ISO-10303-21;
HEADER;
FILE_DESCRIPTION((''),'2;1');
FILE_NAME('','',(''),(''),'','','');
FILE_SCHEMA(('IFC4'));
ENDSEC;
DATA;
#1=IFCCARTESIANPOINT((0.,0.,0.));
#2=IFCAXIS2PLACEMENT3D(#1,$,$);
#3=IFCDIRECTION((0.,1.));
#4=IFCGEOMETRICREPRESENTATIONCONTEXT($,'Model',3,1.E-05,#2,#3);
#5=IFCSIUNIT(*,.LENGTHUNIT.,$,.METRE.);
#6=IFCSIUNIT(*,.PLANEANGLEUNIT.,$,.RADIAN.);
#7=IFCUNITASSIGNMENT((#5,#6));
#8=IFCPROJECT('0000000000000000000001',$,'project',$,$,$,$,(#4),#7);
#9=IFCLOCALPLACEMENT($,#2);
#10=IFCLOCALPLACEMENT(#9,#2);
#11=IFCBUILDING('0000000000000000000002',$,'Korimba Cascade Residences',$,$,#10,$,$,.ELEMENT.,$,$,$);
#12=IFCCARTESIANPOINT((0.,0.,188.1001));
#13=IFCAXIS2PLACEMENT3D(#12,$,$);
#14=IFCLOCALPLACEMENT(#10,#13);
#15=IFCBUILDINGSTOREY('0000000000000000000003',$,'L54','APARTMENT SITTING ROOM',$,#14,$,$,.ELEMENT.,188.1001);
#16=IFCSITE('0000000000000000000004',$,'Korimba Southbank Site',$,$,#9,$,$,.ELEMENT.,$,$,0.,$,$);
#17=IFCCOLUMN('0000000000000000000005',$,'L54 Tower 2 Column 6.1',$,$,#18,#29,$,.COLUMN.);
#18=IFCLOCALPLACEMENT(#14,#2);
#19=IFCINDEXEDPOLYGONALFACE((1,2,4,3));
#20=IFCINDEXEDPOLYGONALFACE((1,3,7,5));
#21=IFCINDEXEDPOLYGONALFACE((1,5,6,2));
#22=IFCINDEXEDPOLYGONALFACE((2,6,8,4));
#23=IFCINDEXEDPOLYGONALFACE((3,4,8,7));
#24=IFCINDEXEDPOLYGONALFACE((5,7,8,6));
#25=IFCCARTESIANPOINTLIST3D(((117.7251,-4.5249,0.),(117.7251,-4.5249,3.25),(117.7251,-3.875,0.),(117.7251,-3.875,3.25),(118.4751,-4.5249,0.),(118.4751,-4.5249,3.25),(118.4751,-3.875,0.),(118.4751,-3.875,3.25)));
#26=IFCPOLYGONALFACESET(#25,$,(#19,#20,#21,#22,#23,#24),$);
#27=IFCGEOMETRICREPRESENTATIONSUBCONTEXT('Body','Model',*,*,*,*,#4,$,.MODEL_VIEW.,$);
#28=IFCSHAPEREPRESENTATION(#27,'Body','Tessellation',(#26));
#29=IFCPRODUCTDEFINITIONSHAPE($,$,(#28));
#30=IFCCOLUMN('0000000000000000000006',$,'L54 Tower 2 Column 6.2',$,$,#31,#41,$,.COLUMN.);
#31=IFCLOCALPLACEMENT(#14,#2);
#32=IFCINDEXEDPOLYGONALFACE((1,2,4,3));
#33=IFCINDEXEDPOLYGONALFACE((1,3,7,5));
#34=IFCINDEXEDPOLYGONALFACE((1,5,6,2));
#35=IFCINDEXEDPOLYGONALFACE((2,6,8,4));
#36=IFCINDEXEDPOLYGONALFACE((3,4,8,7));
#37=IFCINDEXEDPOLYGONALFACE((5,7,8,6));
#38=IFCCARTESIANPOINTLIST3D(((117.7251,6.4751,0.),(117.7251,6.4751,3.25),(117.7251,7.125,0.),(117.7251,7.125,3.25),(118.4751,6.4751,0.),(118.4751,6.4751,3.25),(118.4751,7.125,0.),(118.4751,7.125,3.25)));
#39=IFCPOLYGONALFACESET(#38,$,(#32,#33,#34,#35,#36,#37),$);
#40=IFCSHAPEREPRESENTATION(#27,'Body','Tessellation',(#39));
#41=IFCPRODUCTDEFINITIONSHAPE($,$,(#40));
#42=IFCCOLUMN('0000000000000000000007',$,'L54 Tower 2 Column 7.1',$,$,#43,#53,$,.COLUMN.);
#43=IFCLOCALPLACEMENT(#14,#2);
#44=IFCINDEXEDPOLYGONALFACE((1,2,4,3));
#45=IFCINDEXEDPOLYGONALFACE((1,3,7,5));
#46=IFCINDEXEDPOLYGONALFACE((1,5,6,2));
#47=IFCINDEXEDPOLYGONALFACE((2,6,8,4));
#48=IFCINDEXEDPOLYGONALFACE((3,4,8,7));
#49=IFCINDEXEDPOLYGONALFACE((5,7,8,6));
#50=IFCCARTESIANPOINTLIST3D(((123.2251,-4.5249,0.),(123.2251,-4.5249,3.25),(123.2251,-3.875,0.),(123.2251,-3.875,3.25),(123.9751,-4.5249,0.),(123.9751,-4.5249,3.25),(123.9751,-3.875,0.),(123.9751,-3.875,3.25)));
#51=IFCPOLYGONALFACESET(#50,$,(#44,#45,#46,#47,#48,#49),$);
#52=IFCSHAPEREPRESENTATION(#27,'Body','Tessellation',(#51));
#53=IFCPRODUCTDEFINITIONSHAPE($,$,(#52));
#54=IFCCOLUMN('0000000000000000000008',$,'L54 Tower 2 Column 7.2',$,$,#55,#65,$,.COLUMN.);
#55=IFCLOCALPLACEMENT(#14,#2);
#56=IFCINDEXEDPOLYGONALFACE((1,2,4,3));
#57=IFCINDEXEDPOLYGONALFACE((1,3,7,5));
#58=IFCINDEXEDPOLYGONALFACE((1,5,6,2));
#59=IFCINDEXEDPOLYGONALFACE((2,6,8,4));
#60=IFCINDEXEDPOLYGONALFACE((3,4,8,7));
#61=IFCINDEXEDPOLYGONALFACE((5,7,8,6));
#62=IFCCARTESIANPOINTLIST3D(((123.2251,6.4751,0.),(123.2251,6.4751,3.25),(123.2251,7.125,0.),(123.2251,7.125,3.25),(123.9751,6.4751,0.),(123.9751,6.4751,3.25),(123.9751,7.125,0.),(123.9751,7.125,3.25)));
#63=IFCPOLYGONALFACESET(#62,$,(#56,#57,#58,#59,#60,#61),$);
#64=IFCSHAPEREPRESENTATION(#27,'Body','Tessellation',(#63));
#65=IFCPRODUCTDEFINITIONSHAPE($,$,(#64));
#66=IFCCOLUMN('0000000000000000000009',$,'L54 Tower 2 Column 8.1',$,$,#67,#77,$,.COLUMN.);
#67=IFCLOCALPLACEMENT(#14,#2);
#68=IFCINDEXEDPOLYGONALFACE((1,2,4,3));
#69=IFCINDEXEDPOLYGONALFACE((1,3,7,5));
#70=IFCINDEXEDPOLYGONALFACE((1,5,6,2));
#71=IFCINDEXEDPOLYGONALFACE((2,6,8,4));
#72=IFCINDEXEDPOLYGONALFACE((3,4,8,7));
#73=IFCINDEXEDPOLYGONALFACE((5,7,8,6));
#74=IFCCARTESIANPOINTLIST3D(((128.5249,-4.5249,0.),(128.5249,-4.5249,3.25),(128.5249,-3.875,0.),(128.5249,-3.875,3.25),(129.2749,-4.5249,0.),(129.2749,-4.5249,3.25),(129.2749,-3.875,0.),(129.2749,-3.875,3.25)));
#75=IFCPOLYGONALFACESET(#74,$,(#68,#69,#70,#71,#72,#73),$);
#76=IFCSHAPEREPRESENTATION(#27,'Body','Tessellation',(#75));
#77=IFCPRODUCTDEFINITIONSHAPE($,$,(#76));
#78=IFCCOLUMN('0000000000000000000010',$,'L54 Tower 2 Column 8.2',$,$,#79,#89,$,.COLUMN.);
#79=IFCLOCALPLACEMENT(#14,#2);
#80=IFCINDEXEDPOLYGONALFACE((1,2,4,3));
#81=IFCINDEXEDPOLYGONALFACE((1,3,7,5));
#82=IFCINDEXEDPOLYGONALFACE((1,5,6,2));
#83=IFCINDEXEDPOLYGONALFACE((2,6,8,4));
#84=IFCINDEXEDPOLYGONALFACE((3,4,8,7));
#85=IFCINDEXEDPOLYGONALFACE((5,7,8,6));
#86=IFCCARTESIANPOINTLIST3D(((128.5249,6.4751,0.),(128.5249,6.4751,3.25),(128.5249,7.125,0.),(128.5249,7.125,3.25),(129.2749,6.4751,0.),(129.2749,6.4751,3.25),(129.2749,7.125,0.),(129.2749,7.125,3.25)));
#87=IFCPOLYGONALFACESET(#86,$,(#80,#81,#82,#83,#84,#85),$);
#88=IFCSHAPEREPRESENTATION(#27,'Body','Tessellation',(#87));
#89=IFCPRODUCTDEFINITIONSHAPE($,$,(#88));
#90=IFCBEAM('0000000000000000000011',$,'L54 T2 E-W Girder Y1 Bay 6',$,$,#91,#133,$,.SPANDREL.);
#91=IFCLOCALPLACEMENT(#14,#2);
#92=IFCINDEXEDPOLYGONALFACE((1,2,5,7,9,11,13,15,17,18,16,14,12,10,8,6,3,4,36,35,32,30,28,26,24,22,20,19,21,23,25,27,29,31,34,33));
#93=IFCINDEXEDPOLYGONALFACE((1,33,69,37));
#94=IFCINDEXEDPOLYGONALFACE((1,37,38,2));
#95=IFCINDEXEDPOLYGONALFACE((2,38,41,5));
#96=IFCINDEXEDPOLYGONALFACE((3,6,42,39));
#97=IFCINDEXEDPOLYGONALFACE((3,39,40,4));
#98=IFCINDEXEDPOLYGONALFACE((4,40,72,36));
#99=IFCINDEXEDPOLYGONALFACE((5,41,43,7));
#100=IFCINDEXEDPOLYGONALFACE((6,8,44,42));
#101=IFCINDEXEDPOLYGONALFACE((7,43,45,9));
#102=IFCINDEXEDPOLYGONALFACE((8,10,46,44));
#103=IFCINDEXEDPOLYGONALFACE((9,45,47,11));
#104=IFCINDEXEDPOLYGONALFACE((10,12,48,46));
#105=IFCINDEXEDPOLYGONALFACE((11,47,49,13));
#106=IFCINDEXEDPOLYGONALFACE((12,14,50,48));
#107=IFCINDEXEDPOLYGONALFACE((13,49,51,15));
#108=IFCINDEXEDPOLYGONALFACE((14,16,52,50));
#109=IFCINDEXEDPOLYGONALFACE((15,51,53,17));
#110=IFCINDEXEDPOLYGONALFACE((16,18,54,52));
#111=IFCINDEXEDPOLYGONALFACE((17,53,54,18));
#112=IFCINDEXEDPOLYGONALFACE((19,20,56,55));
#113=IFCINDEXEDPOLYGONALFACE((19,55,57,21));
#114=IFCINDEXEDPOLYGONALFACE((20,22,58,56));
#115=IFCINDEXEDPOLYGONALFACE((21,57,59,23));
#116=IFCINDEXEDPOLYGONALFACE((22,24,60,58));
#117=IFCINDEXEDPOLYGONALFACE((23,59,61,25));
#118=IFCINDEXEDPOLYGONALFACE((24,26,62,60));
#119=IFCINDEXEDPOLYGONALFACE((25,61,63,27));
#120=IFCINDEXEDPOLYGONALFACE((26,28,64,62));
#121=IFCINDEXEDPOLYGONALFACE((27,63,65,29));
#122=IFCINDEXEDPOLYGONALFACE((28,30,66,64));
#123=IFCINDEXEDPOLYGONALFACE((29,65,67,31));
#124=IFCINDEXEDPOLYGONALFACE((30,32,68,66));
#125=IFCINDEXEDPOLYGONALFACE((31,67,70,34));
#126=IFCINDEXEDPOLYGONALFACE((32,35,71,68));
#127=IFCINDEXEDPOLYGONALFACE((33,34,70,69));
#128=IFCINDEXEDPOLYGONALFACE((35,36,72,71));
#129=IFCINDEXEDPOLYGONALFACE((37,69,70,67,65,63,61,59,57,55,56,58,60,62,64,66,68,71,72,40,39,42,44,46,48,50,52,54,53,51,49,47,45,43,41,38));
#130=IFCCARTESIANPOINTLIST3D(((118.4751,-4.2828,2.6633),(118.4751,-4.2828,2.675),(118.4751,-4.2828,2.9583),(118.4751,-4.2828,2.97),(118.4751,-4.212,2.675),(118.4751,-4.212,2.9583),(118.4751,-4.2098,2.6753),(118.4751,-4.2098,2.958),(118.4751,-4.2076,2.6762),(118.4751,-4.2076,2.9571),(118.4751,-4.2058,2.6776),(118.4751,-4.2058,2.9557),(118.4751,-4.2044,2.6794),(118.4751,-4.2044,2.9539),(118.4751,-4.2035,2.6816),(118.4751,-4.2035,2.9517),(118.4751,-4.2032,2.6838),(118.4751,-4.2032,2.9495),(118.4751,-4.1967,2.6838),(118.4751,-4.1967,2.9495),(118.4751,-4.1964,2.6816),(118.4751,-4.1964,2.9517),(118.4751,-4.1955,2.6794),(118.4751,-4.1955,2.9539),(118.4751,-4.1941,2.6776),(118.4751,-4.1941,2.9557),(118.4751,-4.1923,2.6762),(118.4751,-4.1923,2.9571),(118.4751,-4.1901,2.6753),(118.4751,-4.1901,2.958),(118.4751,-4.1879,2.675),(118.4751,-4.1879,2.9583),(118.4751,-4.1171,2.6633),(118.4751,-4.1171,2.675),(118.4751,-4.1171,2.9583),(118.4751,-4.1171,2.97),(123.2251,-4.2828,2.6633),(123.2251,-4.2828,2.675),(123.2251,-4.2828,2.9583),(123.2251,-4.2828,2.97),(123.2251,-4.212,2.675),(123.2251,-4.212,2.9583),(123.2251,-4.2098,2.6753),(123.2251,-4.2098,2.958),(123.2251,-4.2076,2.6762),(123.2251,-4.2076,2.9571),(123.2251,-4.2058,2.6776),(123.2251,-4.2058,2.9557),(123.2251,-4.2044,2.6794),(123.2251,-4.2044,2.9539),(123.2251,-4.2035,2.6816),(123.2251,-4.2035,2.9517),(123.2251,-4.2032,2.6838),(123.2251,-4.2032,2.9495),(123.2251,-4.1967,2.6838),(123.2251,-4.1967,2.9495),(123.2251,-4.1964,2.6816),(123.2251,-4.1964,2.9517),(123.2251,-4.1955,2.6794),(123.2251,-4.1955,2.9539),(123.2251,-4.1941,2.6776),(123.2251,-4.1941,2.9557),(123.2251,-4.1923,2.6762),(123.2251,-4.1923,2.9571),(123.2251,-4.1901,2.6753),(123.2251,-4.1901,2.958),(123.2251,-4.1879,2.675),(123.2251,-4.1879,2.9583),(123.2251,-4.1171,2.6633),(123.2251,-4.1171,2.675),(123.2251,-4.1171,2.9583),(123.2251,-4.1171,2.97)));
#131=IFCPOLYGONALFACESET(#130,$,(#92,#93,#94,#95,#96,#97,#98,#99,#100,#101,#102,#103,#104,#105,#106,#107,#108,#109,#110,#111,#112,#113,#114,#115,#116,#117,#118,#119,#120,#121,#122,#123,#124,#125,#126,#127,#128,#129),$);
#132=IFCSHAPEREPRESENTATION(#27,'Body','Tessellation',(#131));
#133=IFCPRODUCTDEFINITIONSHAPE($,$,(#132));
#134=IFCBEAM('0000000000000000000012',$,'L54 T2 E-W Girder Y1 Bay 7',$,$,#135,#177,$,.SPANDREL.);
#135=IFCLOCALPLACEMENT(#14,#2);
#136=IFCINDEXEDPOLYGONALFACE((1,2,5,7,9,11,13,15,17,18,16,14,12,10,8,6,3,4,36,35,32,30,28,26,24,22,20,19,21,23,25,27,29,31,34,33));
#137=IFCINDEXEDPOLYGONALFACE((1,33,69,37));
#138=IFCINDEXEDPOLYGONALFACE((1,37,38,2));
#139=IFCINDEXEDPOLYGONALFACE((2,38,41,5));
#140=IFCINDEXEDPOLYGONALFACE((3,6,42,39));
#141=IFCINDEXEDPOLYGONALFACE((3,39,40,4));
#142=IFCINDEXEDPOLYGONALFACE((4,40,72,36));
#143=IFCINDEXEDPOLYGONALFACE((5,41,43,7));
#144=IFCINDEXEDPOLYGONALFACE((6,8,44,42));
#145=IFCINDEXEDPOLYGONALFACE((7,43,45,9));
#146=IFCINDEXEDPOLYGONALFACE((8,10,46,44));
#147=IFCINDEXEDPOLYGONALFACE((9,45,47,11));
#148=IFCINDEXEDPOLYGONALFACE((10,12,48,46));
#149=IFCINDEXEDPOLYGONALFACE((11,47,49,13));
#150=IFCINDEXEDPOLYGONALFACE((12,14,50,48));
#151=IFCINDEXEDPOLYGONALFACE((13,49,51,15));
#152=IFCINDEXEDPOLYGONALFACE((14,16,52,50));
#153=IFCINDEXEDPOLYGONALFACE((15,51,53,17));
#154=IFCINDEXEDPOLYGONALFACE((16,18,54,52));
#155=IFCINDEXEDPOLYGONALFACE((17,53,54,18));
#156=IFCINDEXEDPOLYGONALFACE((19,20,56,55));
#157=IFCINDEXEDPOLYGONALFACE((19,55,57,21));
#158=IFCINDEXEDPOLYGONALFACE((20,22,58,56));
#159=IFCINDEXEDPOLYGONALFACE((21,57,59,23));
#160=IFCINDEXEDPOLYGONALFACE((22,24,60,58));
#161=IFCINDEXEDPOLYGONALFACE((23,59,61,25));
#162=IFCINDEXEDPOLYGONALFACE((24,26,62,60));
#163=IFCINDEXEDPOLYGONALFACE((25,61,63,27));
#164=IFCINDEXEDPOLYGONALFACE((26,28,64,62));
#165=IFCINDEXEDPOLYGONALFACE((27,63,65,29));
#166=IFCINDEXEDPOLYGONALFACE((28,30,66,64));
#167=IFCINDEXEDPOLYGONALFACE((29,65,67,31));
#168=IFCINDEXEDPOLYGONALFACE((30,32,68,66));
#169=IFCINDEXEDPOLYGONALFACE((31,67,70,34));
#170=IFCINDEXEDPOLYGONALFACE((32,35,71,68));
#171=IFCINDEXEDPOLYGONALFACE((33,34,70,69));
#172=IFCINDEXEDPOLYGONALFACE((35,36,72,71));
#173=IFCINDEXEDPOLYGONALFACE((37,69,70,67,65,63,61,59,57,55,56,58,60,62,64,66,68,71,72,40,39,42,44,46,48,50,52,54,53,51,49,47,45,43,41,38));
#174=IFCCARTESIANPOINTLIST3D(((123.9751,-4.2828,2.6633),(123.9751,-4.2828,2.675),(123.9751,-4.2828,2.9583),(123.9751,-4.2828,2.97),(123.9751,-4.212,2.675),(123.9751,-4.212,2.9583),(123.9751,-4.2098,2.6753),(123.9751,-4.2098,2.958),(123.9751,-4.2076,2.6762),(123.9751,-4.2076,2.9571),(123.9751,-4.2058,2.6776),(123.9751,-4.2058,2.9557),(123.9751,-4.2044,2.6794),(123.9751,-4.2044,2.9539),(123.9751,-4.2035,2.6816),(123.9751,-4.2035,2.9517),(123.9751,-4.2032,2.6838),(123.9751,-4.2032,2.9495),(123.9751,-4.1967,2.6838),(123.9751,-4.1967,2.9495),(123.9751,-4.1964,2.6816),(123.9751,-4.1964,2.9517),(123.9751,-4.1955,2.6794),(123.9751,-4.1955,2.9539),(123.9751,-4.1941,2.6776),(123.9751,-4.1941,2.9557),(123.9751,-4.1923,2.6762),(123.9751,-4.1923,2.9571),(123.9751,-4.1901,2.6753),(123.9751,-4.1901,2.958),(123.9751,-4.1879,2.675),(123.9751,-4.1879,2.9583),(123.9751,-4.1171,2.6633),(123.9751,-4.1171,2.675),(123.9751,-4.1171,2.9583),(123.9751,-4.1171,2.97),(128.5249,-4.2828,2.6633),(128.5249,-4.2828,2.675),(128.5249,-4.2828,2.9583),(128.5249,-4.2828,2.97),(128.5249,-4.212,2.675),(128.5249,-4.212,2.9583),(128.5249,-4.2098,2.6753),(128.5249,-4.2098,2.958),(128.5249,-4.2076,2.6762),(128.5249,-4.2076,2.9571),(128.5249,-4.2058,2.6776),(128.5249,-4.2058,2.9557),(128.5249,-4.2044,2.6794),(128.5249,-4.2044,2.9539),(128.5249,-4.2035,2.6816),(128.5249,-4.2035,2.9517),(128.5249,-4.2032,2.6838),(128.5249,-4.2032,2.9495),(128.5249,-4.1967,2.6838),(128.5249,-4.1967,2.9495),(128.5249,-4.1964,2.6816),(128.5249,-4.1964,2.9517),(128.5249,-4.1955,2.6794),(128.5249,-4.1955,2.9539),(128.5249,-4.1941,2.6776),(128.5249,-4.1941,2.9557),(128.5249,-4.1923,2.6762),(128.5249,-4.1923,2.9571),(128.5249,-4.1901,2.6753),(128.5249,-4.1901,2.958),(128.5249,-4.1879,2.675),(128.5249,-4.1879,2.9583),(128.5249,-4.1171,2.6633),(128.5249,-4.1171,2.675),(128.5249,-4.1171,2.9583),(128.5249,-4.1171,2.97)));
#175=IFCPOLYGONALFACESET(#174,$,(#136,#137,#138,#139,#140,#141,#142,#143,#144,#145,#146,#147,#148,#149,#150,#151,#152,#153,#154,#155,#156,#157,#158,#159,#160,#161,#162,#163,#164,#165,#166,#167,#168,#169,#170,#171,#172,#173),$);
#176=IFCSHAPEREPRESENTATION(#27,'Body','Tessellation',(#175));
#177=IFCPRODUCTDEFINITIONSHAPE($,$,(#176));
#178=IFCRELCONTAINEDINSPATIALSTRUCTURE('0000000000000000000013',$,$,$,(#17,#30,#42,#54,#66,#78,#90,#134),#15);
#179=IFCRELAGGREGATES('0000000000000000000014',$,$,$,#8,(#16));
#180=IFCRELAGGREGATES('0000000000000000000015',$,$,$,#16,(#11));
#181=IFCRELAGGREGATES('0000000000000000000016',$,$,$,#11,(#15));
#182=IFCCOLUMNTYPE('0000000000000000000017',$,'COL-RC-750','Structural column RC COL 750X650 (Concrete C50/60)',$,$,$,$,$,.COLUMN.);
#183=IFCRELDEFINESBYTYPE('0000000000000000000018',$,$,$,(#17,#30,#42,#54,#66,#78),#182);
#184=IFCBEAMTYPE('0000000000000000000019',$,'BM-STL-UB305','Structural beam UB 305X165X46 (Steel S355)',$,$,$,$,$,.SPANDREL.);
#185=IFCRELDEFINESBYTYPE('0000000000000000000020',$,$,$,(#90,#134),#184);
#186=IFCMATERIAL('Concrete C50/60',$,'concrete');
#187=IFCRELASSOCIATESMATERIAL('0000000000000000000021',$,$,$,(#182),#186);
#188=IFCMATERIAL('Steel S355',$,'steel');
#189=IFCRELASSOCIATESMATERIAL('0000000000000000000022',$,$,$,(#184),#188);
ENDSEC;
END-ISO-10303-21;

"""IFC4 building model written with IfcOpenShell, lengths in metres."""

from ifc_helpers import new_model, si_unit, direction, frame, origin, origin_2d, place, context, subcontext, project, spatial, rectangle, i_section, extrude, material, material_profile, profile_set, type_object, element, save


model = new_model("IFC4")

# Units and contexts
model_context = context("Model", 3, precision=1e-05, world=origin(), true_north=direction((0.0, 1.0)))
body_context = subcontext(model_context, "Body", "Model", "MODEL_VIEW")
ifc_project = project(units=[si_unit("LENGTHUNIT", "METRE"), si_unit("PLANEANGLEUNIT", "RADIAN")], contexts=[model_context])

# Site, building, storey
site_placement = place(None, origin())
site = spatial("IfcSite", under=ifc_project, at=site_placement, Name="Korimba Southbank Site", CompositionType="ELEMENT", RefElevation=0.0)
building_placement = place(site_placement, origin())
building = spatial("IfcBuilding", under=site, at=building_placement, Name="Korimba Cascade Residences", CompositionType="ELEMENT")
storey_placement = place(building_placement, frame((0.0, 0.0, 188.1001)))
storey = spatial("IfcBuildingStorey", under=building, at=storey_placement, Name="L54", Description="APARTMENT SITTING ROOM", CompositionType="ELEMENT", Elevation=188.1001)

# Columns
ifc_material_1 = material(Name="Concrete C50/60", Category="concrete")
ifc_material_profile_1 = material_profile(ifc_material_1, rectangle(XDim=0.75, YDim=0.6499, at=origin_2d()), Name="Concrete C50/60")
ifc_profile_set_1 = profile_set([ifc_material_profile_1], Name="Concrete C50/60")
column_type = type_object("IfcColumnType", Name="COL-RC-750", Description="Structural column RC COL 750X650 (Concrete C50/60)", PredefinedType="COLUMN", material=ifc_profile_set_1)
for number, where, z_axis, x_axis, name in (
    (1, (118.1001, -4.2, 0.0), (0.0, 0.0, 1.0), (1.0, 0.0, 0.0), "L54 Tower 2 Column 6.1"),
    (2, (118.1001, 6.8, 0.0), (0.0, 0.0, 1.0), (1.0, 0.0, 0.0), "L54 Tower 2 Column 6.2"),
    (3, (123.6001, -4.2, 0.0), (0.0, 0.0, 1.0), (1.0, 0.0, 0.0), "L54 Tower 2 Column 7.1"),
    (4, (123.6001, 6.8, 0.0), (0.0, 0.0, 1.0), (1.0, 0.0, 0.0), "L54 Tower 2 Column 7.2"),
    (5, (128.8999, -4.2, 0.0), (0.0, 0.0, 1.0), (1.0, 0.0, 0.0), "L54 Tower 2 Column 8.1"),
    (6, (128.8999, 6.8, 0.0), (0.0, 0.0, 1.0), (1.0, 0.0, 0.0), "L54 Tower 2 Column 8.2"),
):
    element("IfcColumn", number, at=place(storey_placement, frame(where, z_axis=z_axis, x_axis=x_axis)), inside=storey, type_object=column_type, Name=name, PredefinedType="COLUMN", context=body_context, shape_type="SweptSolid", body=[
        extrude(rectangle(XDim=0.75, YDim=0.6499, at=origin_2d()), origin(), (0.0, 0.0, 1.0), 3.25),
    ])

# Beams
ifc_material_2 = material(Name="Steel S355", Category="steel")
ifc_material_profile_2 = material_profile(ifc_material_2, i_section(OverallWidth=0.1658, OverallDepth=0.3066, WebThickness=0.0066, FlangeThickness=0.0117, FilletRadius=0.0088, at=origin_2d()), Name="Steel S355")
ifc_profile_set_2 = profile_set([ifc_material_profile_2], Name="Steel S355")
beam_type_1 = type_object("IfcBeamType", Name="BM-STL-UB305", Description="Structural beam UB 305X165X46 (Steel S355)", PredefinedType="SPANDREL", material=ifc_profile_set_2)
beam_1_placement = place(storey_placement, frame((118.4751, -4.2, 2.8167), z_axis=(1.0, 0.0, 0.0), x_axis=(0.0, 1.0, 0.0)))
element("IfcBeam", 7, at=beam_1_placement, inside=storey, type_object=beam_type_1, Name="L54 T2 E-W Girder Y1 Bay 6", PredefinedType="SPANDREL", context=body_context, shape_type="SweptSolid", body=[
    extrude(i_section(OverallWidth=0.1658, OverallDepth=0.3066, WebThickness=0.0066, FlangeThickness=0.0117, FilletRadius=0.0088, at=origin_2d()), origin(), (0.0, 0.0, 1.0), 4.75),
])
beam_2_placement = place(storey_placement, frame((123.9751, -4.2, 2.8167), z_axis=(1.0, 0.0, 0.0), x_axis=(0.0, 1.0, 0.0)))
element("IfcBeam", 8, at=beam_2_placement, inside=storey, type_object=beam_type_1, Name="L54 T2 E-W Girder Y1 Bay 7", PredefinedType="SPANDREL", context=body_context, shape_type="SweptSolid", body=[
    extrude(i_section(OverallWidth=0.1658, OverallDepth=0.3066, WebThickness=0.0066, FlangeThickness=0.0117, FilletRadius=0.0088, at=origin_2d()), origin(), (0.0, 0.0, 1.0), 4.5498),
])

save(model, "model.ifc")
